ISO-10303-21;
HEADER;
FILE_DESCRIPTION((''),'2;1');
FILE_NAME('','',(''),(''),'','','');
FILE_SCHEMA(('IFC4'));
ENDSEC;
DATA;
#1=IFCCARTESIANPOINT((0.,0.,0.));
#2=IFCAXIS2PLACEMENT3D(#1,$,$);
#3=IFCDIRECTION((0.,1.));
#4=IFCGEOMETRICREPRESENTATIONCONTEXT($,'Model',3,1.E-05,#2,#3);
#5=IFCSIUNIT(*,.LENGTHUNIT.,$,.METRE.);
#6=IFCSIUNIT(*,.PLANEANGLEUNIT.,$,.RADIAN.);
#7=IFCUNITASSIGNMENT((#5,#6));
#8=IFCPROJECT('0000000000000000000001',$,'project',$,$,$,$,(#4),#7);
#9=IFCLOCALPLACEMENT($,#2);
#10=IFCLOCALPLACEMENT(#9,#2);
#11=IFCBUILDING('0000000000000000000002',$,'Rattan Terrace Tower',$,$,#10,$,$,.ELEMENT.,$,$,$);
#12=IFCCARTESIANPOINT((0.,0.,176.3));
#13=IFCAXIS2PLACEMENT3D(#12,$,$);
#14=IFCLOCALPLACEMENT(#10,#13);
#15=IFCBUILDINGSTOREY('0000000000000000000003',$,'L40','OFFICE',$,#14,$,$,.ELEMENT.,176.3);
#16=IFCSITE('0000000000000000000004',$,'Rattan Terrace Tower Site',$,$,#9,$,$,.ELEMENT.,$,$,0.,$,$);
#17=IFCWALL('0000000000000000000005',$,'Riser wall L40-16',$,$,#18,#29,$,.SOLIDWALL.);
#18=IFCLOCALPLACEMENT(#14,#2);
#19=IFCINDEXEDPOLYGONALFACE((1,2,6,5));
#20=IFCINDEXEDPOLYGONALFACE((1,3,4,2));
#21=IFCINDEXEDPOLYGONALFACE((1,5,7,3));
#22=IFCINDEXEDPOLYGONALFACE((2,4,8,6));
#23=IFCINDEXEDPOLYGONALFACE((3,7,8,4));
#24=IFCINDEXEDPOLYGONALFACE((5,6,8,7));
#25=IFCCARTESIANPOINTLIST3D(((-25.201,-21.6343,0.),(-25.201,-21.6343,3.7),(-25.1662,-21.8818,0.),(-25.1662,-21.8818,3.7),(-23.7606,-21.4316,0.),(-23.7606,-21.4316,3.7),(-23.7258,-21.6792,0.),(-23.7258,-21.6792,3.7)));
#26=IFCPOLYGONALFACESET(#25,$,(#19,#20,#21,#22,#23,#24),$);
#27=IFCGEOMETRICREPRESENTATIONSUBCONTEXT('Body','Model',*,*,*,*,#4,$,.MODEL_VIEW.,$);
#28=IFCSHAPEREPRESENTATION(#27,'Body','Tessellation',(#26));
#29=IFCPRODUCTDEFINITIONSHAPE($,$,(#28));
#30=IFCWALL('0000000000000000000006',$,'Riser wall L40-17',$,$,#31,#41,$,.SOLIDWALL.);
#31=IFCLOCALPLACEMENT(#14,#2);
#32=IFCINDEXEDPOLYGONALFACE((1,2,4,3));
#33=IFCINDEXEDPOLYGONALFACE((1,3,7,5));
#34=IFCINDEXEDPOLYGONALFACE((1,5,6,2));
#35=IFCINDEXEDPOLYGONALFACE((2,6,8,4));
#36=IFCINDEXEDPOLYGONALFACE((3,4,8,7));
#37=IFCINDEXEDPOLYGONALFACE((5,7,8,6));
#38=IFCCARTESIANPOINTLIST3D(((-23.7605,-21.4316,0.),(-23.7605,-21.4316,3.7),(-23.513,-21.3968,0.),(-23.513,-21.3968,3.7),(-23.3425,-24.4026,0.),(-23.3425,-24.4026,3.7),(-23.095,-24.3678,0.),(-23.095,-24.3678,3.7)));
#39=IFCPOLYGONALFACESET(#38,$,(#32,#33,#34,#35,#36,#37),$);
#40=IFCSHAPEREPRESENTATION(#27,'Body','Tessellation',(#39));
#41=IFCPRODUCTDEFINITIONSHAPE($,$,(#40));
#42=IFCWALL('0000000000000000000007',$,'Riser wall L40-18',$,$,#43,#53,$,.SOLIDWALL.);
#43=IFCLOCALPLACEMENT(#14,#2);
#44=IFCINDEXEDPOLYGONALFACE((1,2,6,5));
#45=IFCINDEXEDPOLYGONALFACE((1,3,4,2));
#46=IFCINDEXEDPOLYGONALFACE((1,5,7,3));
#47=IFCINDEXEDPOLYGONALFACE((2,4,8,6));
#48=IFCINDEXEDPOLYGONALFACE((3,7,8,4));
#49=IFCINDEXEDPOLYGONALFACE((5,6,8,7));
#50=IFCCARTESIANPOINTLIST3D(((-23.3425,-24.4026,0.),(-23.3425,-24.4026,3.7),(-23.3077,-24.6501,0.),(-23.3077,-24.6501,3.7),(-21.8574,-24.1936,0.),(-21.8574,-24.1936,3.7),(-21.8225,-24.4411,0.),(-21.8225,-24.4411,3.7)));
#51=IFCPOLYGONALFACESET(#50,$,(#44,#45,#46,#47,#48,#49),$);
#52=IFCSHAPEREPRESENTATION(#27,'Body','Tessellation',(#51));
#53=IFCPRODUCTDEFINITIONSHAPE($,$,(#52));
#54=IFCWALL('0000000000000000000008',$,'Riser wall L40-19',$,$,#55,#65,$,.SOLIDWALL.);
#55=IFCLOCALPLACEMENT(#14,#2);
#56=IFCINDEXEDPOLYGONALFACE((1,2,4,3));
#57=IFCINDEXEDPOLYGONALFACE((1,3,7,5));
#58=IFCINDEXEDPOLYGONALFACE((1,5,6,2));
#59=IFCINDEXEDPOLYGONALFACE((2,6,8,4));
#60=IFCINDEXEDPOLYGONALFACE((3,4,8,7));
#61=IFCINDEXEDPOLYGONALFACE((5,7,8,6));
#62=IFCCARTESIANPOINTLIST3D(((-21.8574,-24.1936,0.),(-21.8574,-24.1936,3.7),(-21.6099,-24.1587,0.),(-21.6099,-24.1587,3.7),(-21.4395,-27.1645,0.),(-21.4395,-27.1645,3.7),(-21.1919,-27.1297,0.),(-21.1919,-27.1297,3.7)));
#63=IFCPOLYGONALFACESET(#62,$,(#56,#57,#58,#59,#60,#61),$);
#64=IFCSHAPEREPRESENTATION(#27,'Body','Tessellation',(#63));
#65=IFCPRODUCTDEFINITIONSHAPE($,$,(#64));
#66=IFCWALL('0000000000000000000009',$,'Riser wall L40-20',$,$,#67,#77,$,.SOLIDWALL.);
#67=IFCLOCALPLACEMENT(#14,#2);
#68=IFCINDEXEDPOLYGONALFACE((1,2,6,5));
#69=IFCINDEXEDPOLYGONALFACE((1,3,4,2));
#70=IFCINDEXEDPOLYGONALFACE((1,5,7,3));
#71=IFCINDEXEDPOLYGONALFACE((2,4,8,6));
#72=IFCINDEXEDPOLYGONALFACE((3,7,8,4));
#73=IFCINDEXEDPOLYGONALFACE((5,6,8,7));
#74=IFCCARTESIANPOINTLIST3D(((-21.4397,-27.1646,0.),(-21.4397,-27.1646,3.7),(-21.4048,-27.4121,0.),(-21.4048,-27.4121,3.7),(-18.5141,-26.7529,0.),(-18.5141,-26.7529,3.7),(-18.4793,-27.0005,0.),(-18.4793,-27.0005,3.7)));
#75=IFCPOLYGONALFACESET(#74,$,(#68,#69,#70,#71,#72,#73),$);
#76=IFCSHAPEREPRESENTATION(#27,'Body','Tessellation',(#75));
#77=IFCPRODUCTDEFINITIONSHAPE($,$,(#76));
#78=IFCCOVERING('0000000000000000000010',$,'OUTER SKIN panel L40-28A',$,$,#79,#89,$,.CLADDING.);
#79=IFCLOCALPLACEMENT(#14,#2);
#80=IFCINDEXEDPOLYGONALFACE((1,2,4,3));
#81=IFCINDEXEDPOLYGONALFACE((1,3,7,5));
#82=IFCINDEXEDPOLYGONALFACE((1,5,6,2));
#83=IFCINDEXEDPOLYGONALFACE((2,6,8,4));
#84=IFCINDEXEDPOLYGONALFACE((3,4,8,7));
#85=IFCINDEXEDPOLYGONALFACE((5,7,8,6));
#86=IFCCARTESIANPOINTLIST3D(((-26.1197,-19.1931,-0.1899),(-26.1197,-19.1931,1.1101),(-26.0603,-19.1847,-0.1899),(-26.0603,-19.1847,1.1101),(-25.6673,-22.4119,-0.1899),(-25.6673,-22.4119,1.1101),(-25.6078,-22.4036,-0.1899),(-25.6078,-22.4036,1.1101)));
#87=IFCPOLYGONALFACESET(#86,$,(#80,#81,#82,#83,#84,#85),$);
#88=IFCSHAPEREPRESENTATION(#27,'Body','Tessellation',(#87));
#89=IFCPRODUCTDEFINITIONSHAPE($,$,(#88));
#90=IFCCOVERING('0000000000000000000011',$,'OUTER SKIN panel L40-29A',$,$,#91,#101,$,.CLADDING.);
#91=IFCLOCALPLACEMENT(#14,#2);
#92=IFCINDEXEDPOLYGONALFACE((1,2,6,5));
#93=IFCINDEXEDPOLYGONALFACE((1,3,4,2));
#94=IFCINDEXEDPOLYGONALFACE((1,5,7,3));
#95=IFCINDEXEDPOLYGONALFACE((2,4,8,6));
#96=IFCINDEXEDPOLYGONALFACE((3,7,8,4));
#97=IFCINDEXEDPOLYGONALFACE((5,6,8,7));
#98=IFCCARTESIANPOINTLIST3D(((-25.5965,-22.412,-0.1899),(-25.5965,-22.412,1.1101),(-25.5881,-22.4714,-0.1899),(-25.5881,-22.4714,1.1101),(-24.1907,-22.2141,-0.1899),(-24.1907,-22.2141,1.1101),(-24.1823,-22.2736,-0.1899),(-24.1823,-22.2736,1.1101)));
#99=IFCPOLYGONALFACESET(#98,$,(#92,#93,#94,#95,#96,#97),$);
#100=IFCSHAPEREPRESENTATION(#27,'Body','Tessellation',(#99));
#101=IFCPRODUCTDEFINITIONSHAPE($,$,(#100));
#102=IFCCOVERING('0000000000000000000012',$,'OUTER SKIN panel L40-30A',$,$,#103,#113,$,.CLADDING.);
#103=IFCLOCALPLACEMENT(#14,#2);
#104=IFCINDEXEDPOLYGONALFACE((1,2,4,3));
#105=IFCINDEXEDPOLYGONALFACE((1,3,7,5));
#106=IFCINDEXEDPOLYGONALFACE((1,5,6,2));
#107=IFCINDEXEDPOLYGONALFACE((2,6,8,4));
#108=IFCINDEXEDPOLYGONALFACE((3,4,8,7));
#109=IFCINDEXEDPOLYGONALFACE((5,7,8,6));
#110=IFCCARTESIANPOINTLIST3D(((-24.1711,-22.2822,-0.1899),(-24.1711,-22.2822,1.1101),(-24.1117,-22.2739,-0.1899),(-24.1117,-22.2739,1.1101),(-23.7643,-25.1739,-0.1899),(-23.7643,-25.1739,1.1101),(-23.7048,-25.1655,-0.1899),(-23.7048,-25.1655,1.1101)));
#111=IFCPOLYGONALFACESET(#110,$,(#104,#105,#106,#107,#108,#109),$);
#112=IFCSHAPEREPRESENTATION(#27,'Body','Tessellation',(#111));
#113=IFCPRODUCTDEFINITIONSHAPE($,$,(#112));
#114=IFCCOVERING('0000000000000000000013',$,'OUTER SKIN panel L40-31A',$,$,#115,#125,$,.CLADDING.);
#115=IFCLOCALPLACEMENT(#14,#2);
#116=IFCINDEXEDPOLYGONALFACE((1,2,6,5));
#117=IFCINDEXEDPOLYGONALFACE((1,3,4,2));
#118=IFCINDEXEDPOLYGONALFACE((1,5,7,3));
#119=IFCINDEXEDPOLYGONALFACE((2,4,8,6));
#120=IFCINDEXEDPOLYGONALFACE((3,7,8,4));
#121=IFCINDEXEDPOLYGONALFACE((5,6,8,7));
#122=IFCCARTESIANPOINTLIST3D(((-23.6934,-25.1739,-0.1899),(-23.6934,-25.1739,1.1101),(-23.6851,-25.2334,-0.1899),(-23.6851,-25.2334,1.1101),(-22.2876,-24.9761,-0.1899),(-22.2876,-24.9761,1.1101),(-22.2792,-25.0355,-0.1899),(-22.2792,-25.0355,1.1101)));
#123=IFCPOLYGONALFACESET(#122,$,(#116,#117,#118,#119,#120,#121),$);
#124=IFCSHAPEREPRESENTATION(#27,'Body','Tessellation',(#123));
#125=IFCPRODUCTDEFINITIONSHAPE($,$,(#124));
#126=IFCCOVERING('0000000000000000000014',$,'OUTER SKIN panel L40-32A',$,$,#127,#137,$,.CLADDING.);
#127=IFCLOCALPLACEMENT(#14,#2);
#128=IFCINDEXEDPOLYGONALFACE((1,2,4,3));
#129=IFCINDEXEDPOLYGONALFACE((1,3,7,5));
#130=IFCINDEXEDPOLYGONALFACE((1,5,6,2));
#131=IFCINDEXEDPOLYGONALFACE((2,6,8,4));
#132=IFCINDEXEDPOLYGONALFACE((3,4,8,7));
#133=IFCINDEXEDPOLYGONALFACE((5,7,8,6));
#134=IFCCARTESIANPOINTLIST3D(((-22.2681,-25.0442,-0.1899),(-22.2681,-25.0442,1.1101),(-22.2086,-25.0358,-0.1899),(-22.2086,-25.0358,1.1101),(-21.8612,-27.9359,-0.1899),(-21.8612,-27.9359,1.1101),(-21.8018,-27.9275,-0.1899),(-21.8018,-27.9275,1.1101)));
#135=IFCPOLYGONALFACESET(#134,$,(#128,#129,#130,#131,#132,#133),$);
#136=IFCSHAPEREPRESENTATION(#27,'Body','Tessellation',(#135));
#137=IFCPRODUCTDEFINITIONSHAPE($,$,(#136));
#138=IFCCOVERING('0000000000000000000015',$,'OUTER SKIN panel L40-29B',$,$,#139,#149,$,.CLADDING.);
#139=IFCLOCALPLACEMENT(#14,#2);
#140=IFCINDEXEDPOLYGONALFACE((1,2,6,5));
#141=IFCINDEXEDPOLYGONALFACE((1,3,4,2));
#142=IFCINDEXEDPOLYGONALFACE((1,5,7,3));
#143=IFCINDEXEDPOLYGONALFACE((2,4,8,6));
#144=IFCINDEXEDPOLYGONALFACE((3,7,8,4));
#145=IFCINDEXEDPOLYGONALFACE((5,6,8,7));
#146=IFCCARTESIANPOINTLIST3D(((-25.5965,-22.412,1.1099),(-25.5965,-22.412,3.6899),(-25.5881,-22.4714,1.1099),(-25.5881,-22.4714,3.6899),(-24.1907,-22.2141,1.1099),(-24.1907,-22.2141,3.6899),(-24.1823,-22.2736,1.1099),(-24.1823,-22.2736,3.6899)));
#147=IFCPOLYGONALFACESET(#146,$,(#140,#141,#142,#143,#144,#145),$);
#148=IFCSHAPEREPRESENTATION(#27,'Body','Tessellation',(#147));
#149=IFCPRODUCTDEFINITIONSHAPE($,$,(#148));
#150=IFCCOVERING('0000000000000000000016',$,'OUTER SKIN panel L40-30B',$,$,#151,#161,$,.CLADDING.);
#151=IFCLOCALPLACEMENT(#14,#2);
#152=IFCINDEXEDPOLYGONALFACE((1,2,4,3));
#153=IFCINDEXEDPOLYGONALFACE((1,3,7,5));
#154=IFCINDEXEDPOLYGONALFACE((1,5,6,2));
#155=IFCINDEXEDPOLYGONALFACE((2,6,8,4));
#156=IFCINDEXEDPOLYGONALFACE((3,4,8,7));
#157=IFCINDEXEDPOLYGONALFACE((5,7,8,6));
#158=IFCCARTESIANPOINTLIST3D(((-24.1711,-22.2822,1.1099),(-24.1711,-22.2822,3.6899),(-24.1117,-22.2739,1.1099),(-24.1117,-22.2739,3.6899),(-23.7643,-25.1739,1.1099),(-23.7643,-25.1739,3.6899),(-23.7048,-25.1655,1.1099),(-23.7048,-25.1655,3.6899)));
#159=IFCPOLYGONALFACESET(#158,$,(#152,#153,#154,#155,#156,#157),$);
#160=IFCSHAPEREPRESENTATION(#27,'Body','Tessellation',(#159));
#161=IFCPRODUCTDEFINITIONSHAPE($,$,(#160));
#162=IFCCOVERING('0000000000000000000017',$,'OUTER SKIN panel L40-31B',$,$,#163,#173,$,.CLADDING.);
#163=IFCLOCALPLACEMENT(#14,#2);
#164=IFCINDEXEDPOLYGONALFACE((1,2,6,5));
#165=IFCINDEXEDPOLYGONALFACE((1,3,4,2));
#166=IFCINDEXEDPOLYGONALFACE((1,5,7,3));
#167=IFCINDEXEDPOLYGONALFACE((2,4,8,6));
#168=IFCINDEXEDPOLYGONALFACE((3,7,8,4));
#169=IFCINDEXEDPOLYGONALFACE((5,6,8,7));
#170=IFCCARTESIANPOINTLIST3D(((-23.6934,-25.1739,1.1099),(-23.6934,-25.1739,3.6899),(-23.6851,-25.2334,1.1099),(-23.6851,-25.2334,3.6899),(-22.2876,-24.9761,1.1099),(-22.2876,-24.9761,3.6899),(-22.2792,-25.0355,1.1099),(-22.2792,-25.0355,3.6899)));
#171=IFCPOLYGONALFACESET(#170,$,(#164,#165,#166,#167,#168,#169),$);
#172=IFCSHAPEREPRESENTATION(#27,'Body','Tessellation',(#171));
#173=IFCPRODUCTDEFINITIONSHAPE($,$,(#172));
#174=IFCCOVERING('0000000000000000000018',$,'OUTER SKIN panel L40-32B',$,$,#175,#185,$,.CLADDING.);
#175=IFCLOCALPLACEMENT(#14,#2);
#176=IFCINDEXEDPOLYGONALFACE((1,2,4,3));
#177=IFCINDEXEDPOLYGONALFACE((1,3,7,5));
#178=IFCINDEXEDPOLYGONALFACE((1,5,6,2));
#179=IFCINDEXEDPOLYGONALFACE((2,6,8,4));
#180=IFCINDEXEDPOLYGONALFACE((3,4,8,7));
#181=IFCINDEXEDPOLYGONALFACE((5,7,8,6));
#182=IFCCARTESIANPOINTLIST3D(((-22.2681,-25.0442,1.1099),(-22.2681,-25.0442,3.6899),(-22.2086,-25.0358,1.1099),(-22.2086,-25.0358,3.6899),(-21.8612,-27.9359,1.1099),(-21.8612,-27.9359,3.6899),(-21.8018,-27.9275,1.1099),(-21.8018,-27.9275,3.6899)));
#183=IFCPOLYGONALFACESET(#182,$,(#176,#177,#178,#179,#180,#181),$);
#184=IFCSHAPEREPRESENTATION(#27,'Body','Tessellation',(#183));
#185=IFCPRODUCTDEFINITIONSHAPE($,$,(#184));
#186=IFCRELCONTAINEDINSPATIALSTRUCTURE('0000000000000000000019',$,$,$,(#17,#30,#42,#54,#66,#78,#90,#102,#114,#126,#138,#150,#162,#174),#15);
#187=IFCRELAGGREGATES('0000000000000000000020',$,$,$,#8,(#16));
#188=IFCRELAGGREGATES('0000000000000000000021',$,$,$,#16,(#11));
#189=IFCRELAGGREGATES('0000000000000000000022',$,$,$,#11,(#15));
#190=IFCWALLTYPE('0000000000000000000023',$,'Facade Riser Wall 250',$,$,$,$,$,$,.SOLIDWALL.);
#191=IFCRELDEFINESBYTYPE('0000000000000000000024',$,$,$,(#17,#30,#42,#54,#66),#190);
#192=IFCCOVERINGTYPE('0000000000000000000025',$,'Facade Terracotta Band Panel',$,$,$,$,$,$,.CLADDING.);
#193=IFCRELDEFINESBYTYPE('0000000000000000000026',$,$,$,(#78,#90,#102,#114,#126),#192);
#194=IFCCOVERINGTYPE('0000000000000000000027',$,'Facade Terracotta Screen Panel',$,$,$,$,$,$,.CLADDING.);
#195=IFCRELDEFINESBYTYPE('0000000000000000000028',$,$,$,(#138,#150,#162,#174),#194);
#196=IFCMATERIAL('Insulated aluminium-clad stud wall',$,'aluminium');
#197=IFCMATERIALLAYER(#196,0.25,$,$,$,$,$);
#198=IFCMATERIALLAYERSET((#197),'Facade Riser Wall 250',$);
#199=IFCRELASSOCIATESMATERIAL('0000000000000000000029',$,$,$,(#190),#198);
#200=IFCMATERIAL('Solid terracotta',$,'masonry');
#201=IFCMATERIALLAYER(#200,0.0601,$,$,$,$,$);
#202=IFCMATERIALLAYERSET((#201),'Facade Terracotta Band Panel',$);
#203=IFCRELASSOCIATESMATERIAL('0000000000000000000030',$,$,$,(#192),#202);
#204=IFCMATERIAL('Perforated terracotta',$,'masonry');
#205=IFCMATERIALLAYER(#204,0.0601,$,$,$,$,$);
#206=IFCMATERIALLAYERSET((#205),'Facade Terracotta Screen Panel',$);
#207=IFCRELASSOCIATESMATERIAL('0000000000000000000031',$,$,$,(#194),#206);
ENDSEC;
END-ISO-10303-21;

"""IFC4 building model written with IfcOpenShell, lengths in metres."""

from ifc_helpers import new_model, si_unit, direction, frame, frame_2d, origin, origin_2d, place, context, subcontext, project, spatial, rectangle, extrude, material, layer, layer_set, type_object, element, save


model = new_model("IFC4")

# Units and contexts
model_context = context("Model", 3, precision=1e-05, world=origin(), true_north=direction((0.0, 1.0)))
body_context = subcontext(model_context, "Body", "Model", "MODEL_VIEW")
ifc_project = project(units=[si_unit("LENGTHUNIT", "METRE"), si_unit("PLANEANGLEUNIT", "RADIAN")], contexts=[model_context])

# Site, building, storey
site_placement = place(None, origin())
site = spatial("IfcSite", under=ifc_project, at=site_placement, Name="Rattan Terrace Tower Site", CompositionType="ELEMENT", RefElevation=0.0)
building_placement = place(site_placement, origin())
building = spatial("IfcBuilding", under=site, at=building_placement, Name="Rattan Terrace Tower", CompositionType="ELEMENT")
storey_placement = place(building_placement, frame((0.0, 0.0, 176.3)))
storey = spatial("IfcBuildingStorey", under=building, at=storey_placement, Name="L40", Description="OFFICE", CompositionType="ELEMENT", Elevation=176.3)

# Walls
ifc_material_1 = material(Name="Insulated aluminium-clad stud wall", Category="aluminium")
ifc_layer_1 = layer(ifc_material_1, 0.25)
ifc_layer_set_1 = layer_set([ifc_layer_1], Name="Facade Riser Wall 250")
wall_type = type_object("IfcWallType", Name="Facade Riser Wall 250", PredefinedType="SOLIDWALL", material=ifc_layer_set_1)
wall_1_placement = place(storey_placement, frame((-25.1836, -21.7581, 0.0), z_axis=(0.0, 0.0, 1.0), x_axis=(0.990249, 0.139306, 0.0)))
element("IfcWall", 1, at=wall_1_placement, inside=storey, type_object=wall_type, Name="Riser wall L40-16", PredefinedType="SOLIDWALL", context=body_context, shape_type="SweptSolid", body=[
    extrude(rectangle(XDim=1.4546, YDim=0.25, at=frame_2d((0.7273, 0.0))), origin(), (0.0, 0.0, 1.0), 3.7),
])
wall_2_placement = place(storey_placement, frame((-23.6367, -21.4143, 0.0), z_axis=(0.0, 0.0, 1.0), x_axis=(0.139313, -0.990248, 0.0)))
element("IfcWall", 2, at=wall_2_placement, inside=storey, type_object=wall_type, Name="Riser wall L40-17", PredefinedType="SOLIDWALL", context=body_context, shape_type="SweptSolid", body=[
    extrude(rectangle(XDim=3.0002, YDim=0.25, at=frame_2d((1.5, 0.0))), origin(), (0.0, 0.0, 1.0), 3.7),
])
wall_3_placement = place(storey_placement, frame((-23.3252, -24.5264, 0.0), z_axis=(0.0, 0.0, 1.0), x_axis=(0.990244, 0.139347, 0.0)))
element("IfcWall", 3, at=wall_3_placement, inside=storey, type_object=wall_type, Name="Riser wall L40-18", PredefinedType="SOLIDWALL", context=body_context, shape_type="SweptSolid", body=[
    extrude(rectangle(XDim=1.4998, YDim=0.25, at=frame_2d((0.75, 0.0))), origin(), (0.0, 0.0, 1.0), 3.7),
])
wall_4_placement = place(storey_placement, frame((-21.7336, -24.1763, 0.0), z_axis=(0.0, 0.0, 1.0), x_axis=(0.139313, -0.990248, 0.0)))
element("IfcWall", 4, at=wall_4_placement, inside=storey, type_object=wall_type, Name="Riser wall L40-19", PredefinedType="SOLIDWALL", context=body_context, shape_type="SweptSolid", body=[
    extrude(rectangle(XDim=3.0002, YDim=0.25, at=frame_2d((1.5, 0.0))), origin(), (0.0, 0.0, 1.0), 3.7),
])
wall_5_placement = place(storey_placement, frame((-21.4221, -27.2883, 0.0), z_axis=(0.0, 0.0, 1.0), x_axis=(0.990246, 0.139327, 0.0)))
element("IfcWall", 5, at=wall_5_placement, inside=storey, type_object=wall_type, Name="Riser wall L40-20", PredefinedType="SOLIDWALL", context=body_context, shape_type="SweptSolid", body=[
    extrude(rectangle(XDim=2.9543, YDim=0.25, at=frame_2d((1.4771, 0.0))), origin(), (0.0, 0.0, 1.0), 3.7),
])

# Coverings
ifc_material_2 = material(Name="Solid terracotta", Category="masonry")
ifc_layer_2 = layer(ifc_material_2, 0.0601)
ifc_layer_set_2 = layer_set([ifc_layer_2], Name="Facade Terracotta Band Panel")
covering_type_1 = type_object("IfcCoveringType", Name="Facade Terracotta Band Panel", PredefinedType="CLADDING", material=ifc_layer_set_2)
covering_1_placement = place(storey_placement, frame((-25.8638, -20.7983, -0.1899), z_axis=(0.0, 0.0, 1.0), x_axis=(0.139191, -0.990266, 0.0)))
element("IfcCovering", 6, at=covering_1_placement, inside=storey, type_object=covering_type_1, Name="OUTER SKIN panel L40-28A", PredefinedType="CLADDING", context=body_context, shape_type="SweptSolid", body=[
    extrude(rectangle(XDim=3.2505, YDim=0.0601, at=origin_2d()), origin(), (0.0, 0.0, 1.0), 1.3),
])
covering_2_placement = place(storey_placement, frame((-24.8894, -22.3428, -0.1899), z_axis=(0.0, 0.0, 1.0), x_axis=(0.990241, 0.139367, 0.0)))
element("IfcCovering", 7, at=covering_2_placement, inside=storey, type_object=covering_type_1, Name="OUTER SKIN panel L40-29A", PredefinedType="CLADDING", context=body_context, shape_type="SweptSolid", body=[
    extrude(rectangle(XDim=1.4197, YDim=0.0601, at=origin_2d()), origin(), (0.0, 0.0, 1.0), 1.3),
])
covering_3_placement = place(storey_placement, frame((-23.938, -23.7239, -0.1899), z_axis=(0.0, 0.0, 1.0), x_axis=(0.139321, -0.990247, 0.0)))
element("IfcCovering", 8, at=covering_3_placement, inside=storey, type_object=covering_type_1, Name="OUTER SKIN panel L40-30A", PredefinedType="CLADDING", context=body_context, shape_type="SweptSolid", body=[
    extrude(rectangle(XDim=2.9202, YDim=0.0601, at=origin_2d()), origin(), (0.0, 0.0, 1.0), 1.3),
])
covering_4_placement = place(storey_placement, frame((-22.9863, -25.1047, -0.1899), z_axis=(0.0, 0.0, 1.0), x_axis=(0.990241, 0.139367, 0.0)))
element("IfcCovering", 9, at=covering_4_placement, inside=storey, type_object=covering_type_1, Name="OUTER SKIN panel L40-31A", PredefinedType="CLADDING", context=body_context, shape_type="SweptSolid", body=[
    extrude(rectangle(XDim=1.4197, YDim=0.0601, at=origin_2d()), origin(), (0.0, 0.0, 1.0), 1.3),
])
covering_5_placement = place(storey_placement, frame((-22.0349, -26.4858, -0.1899), z_axis=(0.0, 0.0, 1.0), x_axis=(0.139321, -0.990247, 0.0)))
element("IfcCovering", 10, at=covering_5_placement, inside=storey, type_object=covering_type_1, Name="OUTER SKIN panel L40-32A", PredefinedType="CLADDING", context=body_context, shape_type="SweptSolid", body=[
    extrude(rectangle(XDim=2.9202, YDim=0.0601, at=origin_2d()), origin(), (0.0, 0.0, 1.0), 1.3),
])
ifc_material_3 = material(Name="Perforated terracotta", Category="masonry")
ifc_layer_3 = layer(ifc_material_3, 0.0601)
ifc_layer_set_3 = layer_set([ifc_layer_3], Name="Facade Terracotta Screen Panel")
covering_type_2 = type_object("IfcCoveringType", Name="Facade Terracotta Screen Panel", PredefinedType="CLADDING", material=ifc_layer_set_3)
covering_6_placement = place(storey_placement, frame((-24.8894, -22.3428, 1.1099), z_axis=(0.0, 0.0, 1.0), x_axis=(0.990241, 0.139367, 0.0)))
element("IfcCovering", 11, at=covering_6_placement, inside=storey, type_object=covering_type_2, Name="OUTER SKIN panel L40-29B", PredefinedType="CLADDING", context=body_context, shape_type="SweptSolid", body=[
    extrude(rectangle(XDim=1.4197, YDim=0.0601, at=origin_2d()), origin(), (0.0, 0.0, 1.0), 2.5801),
])
covering_7_placement = place(storey_placement, frame((-23.938, -23.7239, 1.1099), z_axis=(0.0, 0.0, 1.0), x_axis=(0.139321, -0.990247, 0.0)))
element("IfcCovering", 12, at=covering_7_placement, inside=storey, type_object=covering_type_2, Name="OUTER SKIN panel L40-30B", PredefinedType="CLADDING", context=body_context, shape_type="SweptSolid", body=[
    extrude(rectangle(XDim=2.9202, YDim=0.0601, at=origin_2d()), origin(), (0.0, 0.0, 1.0), 2.5801),
])
covering_8_placement = place(storey_placement, frame((-22.9863, -25.1047, 1.1099), z_axis=(0.0, 0.0, 1.0), x_axis=(0.990241, 0.139367, 0.0)))
element("IfcCovering", 13, at=covering_8_placement, inside=storey, type_object=covering_type_2, Name="OUTER SKIN panel L40-31B", PredefinedType="CLADDING", context=body_context, shape_type="SweptSolid", body=[
    extrude(rectangle(XDim=1.4197, YDim=0.0601, at=origin_2d()), origin(), (0.0, 0.0, 1.0), 2.5801),
])
covering_9_placement = place(storey_placement, frame((-22.0349, -26.4858, 1.1099), z_axis=(0.0, 0.0, 1.0), x_axis=(0.139321, -0.990247, 0.0)))
element("IfcCovering", 14, at=covering_9_placement, inside=storey, type_object=covering_type_2, Name="OUTER SKIN panel L40-32B", PredefinedType="CLADDING", context=body_context, shape_type="SweptSolid", body=[
    extrude(rectangle(XDim=2.9202, YDim=0.0601, at=origin_2d()), origin(), (0.0, 0.0, 1.0), 2.5801),
])

save(model, "model.ifc")
